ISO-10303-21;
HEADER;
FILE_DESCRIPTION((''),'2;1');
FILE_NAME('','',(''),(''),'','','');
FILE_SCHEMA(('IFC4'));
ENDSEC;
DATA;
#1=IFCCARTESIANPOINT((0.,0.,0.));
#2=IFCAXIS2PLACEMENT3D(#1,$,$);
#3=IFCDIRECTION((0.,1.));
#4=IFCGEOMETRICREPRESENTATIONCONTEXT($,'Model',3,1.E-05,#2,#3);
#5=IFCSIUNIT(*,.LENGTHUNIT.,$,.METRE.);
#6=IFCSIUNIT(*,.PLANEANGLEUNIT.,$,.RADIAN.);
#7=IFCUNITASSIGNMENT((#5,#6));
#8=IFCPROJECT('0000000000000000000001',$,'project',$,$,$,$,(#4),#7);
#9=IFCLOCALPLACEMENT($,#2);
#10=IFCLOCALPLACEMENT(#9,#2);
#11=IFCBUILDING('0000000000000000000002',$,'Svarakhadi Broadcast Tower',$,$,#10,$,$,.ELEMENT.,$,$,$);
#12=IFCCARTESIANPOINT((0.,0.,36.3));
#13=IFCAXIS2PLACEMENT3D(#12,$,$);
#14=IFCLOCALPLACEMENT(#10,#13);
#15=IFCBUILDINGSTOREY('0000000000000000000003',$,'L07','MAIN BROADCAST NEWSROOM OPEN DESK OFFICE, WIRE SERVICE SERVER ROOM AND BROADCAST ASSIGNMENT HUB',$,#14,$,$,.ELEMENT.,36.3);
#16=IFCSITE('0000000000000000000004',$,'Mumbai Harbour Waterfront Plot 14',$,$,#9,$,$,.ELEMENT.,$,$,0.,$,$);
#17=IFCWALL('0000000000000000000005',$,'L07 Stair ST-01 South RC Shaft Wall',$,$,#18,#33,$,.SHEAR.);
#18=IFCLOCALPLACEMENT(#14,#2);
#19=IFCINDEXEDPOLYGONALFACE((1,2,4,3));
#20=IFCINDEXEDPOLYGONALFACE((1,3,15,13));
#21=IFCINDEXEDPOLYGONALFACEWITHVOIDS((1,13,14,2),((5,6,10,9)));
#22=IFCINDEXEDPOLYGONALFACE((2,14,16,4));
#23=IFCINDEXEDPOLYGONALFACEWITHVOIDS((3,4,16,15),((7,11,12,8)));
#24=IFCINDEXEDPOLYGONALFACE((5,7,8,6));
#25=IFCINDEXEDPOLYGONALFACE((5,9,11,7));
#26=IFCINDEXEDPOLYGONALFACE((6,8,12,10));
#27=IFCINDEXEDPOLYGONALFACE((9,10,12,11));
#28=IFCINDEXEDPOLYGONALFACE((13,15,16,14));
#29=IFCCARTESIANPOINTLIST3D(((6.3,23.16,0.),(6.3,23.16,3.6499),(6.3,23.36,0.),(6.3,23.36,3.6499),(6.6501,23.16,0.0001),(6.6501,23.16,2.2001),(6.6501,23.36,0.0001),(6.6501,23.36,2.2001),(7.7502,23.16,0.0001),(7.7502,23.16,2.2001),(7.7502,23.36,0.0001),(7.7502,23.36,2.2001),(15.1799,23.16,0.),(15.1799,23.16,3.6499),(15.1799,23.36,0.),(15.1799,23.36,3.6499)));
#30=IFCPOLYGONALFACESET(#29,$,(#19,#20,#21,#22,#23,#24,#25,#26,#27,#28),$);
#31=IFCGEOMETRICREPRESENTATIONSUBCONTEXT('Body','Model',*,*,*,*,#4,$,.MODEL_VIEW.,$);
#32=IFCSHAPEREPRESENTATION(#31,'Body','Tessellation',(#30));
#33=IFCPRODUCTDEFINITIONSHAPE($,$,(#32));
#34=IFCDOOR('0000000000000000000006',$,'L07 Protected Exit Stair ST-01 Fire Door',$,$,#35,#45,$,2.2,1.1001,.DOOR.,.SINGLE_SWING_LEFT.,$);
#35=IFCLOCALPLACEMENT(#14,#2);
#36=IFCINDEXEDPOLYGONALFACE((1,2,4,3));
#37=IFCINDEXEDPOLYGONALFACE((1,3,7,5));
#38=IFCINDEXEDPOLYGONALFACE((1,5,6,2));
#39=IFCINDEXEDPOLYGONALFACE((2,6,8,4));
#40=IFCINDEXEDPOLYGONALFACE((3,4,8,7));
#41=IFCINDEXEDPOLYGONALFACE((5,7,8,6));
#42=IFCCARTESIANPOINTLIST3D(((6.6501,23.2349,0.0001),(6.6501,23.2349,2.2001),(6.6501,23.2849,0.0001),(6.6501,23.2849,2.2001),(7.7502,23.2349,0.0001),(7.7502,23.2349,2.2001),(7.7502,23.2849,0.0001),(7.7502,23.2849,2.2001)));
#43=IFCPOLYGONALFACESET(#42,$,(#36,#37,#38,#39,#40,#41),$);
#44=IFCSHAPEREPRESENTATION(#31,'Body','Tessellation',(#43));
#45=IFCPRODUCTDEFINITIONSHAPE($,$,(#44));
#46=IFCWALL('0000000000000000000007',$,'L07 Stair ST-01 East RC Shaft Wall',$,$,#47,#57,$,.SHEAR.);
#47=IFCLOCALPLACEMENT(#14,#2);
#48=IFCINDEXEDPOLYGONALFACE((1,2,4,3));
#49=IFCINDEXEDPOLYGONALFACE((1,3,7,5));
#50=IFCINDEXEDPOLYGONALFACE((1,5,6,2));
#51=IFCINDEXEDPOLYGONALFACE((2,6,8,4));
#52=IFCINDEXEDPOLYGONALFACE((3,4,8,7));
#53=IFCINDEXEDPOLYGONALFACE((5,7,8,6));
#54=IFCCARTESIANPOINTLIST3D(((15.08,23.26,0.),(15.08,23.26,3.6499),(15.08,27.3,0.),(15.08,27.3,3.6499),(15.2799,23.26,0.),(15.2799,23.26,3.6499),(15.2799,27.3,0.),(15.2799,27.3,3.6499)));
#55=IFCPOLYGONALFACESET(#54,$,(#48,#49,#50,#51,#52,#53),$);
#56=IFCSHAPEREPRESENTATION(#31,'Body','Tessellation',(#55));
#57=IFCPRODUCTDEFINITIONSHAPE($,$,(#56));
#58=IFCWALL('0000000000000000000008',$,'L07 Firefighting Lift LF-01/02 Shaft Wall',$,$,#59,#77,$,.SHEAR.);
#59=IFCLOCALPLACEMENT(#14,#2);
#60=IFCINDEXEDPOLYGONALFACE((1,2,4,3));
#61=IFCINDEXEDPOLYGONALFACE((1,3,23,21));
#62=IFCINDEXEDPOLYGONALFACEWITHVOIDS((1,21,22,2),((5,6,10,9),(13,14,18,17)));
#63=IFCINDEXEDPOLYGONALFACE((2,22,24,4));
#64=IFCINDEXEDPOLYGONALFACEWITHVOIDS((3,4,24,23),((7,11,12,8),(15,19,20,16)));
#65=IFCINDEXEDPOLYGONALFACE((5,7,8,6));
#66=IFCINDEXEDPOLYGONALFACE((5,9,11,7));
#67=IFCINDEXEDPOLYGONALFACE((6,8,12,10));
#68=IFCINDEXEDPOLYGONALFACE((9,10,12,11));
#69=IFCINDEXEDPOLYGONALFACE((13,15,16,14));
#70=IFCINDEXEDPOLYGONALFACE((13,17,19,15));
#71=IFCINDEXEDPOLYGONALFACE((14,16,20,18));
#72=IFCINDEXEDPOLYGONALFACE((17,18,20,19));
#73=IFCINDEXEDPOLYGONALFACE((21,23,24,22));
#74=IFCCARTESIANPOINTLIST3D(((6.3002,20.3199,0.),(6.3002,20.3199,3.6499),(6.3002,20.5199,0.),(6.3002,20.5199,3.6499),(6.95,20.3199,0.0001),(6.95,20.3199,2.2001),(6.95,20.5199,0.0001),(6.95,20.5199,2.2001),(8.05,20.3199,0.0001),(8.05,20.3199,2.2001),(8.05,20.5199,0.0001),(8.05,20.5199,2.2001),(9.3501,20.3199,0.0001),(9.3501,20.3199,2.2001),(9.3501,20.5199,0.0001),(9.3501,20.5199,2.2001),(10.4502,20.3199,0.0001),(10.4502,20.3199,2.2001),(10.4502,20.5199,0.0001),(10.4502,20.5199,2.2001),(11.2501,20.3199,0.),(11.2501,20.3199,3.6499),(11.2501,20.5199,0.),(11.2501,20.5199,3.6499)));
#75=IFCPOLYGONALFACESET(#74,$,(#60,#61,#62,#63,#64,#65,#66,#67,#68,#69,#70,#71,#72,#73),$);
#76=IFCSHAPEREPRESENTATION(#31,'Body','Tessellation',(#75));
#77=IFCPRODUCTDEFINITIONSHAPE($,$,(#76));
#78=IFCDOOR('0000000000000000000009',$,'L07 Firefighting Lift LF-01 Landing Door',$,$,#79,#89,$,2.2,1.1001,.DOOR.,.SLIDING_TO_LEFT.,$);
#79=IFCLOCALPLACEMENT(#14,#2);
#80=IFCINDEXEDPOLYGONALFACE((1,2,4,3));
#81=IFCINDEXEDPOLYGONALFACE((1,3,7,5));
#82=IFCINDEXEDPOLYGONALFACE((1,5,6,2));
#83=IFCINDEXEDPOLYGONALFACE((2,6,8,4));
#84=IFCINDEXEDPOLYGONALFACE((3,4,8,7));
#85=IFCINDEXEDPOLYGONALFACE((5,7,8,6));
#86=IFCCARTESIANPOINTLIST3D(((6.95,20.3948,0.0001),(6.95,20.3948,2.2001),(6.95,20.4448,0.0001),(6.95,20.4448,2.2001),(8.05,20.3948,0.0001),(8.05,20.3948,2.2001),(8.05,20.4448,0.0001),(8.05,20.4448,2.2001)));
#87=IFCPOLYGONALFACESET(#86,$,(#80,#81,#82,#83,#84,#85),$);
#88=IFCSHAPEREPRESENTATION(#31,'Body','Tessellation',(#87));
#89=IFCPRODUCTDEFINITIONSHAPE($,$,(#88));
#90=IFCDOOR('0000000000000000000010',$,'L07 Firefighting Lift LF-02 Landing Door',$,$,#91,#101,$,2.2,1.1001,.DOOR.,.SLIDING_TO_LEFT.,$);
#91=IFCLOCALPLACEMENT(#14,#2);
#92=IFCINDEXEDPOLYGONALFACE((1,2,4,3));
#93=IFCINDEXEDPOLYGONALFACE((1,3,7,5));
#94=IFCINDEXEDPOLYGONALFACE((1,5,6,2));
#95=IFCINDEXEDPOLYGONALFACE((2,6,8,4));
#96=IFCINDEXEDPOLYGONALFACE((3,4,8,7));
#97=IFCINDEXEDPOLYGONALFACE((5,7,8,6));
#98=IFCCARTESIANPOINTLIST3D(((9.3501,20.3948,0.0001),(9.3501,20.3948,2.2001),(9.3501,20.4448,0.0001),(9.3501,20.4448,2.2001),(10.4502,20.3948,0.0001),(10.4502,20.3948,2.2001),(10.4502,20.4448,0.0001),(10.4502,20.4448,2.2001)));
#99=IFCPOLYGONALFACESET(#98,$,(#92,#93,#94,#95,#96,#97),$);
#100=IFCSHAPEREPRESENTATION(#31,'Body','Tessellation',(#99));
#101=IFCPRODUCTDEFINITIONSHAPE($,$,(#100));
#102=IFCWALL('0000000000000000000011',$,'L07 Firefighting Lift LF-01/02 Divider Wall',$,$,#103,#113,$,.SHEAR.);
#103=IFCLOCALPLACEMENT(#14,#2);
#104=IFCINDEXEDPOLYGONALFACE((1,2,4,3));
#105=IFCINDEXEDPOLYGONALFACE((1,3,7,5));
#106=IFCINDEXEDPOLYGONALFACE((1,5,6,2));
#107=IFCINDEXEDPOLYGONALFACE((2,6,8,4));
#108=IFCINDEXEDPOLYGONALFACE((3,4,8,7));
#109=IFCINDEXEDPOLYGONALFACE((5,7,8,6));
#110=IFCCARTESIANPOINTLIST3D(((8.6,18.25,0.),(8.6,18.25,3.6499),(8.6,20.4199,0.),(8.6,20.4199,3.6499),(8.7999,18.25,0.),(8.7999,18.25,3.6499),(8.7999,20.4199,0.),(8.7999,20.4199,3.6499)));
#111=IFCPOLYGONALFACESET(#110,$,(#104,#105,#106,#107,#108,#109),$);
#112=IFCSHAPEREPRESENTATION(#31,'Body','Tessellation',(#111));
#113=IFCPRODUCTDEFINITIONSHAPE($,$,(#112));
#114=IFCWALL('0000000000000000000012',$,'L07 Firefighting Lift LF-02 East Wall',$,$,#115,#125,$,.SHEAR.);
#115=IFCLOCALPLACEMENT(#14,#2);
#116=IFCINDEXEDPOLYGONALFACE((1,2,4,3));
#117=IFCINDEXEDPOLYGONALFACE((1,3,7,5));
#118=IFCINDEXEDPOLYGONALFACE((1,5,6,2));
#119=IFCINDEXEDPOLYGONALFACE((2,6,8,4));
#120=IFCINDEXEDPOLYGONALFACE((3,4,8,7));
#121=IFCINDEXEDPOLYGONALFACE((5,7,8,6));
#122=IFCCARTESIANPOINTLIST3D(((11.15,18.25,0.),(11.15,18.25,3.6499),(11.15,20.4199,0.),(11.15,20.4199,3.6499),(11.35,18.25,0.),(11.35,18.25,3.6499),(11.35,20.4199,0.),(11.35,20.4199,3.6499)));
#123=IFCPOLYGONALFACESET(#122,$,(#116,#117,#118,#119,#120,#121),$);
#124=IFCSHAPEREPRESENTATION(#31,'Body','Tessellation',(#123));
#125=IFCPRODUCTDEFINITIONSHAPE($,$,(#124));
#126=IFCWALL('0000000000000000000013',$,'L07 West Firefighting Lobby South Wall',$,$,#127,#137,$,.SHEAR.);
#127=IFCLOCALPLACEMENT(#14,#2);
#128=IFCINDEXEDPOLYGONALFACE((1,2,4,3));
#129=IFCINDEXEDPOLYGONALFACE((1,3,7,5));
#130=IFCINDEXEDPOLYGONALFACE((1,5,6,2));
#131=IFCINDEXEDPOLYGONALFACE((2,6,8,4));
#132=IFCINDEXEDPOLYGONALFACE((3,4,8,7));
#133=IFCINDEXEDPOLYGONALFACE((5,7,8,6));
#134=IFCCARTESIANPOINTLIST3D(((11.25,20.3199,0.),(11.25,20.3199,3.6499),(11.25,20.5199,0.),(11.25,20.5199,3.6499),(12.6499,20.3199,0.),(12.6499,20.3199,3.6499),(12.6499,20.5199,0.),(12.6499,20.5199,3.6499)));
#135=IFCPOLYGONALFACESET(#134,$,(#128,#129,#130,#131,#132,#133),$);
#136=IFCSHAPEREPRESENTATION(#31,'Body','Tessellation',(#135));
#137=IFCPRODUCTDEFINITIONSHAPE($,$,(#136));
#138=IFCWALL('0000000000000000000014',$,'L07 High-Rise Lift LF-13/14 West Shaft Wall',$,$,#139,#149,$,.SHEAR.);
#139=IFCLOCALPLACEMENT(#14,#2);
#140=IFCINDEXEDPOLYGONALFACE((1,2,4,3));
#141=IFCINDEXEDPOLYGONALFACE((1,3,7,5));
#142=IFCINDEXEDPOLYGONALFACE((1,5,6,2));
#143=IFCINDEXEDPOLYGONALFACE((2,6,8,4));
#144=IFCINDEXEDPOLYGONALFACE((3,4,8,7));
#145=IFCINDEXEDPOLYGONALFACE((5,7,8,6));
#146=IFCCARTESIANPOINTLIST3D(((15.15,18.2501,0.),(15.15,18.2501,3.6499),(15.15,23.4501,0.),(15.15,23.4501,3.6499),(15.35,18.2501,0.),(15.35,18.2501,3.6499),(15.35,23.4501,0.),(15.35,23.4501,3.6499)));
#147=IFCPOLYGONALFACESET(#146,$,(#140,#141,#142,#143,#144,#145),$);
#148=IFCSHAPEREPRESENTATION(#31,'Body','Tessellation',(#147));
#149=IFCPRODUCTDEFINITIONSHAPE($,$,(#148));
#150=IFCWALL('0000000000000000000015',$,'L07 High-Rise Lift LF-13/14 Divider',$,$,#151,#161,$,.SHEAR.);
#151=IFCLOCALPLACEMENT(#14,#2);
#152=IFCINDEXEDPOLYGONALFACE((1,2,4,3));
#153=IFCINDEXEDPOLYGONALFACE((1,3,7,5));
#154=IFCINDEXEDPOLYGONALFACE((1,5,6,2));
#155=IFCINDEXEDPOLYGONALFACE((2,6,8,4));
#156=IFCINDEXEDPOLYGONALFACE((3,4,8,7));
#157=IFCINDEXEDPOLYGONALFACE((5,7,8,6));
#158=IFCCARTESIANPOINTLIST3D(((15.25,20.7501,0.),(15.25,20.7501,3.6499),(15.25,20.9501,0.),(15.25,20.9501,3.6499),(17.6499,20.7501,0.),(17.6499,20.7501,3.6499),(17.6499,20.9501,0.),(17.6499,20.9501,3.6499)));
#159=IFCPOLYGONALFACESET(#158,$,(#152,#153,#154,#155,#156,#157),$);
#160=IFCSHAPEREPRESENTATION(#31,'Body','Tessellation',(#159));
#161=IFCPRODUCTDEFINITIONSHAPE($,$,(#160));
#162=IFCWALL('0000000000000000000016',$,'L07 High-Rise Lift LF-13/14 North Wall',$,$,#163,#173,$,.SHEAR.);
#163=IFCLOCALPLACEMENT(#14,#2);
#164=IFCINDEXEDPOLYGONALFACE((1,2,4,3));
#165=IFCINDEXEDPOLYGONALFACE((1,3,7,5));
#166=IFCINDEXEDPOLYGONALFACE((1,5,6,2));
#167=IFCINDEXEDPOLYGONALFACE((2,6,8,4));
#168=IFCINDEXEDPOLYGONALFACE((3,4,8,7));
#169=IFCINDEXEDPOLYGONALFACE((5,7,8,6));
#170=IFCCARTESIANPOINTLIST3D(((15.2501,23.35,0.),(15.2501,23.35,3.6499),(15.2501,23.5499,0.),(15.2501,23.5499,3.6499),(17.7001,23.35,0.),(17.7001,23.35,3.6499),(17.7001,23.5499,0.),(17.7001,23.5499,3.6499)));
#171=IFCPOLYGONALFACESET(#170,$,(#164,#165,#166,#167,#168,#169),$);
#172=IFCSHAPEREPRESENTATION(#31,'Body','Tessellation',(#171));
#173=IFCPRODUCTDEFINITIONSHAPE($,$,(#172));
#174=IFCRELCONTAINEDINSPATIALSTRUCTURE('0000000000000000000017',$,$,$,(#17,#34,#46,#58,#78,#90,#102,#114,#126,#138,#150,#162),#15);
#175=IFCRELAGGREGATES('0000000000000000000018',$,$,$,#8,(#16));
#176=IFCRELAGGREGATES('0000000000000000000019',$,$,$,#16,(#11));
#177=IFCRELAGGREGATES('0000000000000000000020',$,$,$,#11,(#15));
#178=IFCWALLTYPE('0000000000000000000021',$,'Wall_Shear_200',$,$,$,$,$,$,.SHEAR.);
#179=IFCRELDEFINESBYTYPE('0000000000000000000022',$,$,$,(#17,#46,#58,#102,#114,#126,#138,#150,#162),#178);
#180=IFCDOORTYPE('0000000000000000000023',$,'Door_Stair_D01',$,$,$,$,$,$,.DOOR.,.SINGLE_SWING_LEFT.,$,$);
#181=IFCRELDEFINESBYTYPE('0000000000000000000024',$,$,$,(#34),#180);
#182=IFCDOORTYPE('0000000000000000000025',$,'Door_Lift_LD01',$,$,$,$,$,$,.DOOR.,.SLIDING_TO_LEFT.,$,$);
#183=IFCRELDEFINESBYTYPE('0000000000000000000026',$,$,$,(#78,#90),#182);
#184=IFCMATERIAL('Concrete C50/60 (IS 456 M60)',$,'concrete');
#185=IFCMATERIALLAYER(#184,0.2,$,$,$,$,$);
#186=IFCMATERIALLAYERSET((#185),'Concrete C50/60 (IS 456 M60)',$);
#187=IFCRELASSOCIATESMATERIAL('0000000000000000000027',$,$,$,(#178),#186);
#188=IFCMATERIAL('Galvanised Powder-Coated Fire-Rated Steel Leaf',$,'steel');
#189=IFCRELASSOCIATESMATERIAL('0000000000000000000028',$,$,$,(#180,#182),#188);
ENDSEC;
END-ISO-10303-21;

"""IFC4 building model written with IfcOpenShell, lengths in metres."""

from ifc_helpers import new_model, si_unit, direction, frame, frame_2d, origin, place, context, subcontext, project, spatial, rectangle, extrude, material, layer, layer_set, type_object, element, fill, save


model = new_model("IFC4")

# Units and contexts
model_context = context("Model", 3, precision=1e-05, world=origin(), true_north=direction((0.0, 1.0)))
body_context = subcontext(model_context, "Body", "Model", "MODEL_VIEW")
ifc_project = project(units=[si_unit("LENGTHUNIT", "METRE"), si_unit("PLANEANGLEUNIT", "RADIAN")], contexts=[model_context])

# Site, building, storey
site_placement = place(None, origin())
site = spatial("IfcSite", under=ifc_project, at=site_placement, Name="Mumbai Harbour Waterfront Plot 14", CompositionType="ELEMENT", RefElevation=0.0)
building_placement = place(site_placement, origin())
building = spatial("IfcBuilding", under=site, at=building_placement, Name="Svarakhadi Broadcast Tower", CompositionType="ELEMENT")
storey_placement = place(building_placement, frame((0.0, 0.0, 36.3)))
storey = spatial("IfcBuildingStorey", under=building, at=storey_placement, Name="L07", Description="MAIN BROADCAST NEWSROOM OPEN DESK OFFICE, WIRE SERVICE SERVER ROOM AND BROADCAST ASSIGNMENT HUB", CompositionType="ELEMENT", Elevation=36.3)

# Shared definitions
ifc_material_1 = material(Name="Concrete C50/60 (IS 456 M60)", Category="concrete")

# Wall, opening, door
ifc_layer = layer(ifc_material_1, 0.2)
ifc_layer_set = layer_set([ifc_layer], Name="Concrete C50/60 (IS 456 M60)")
wall_type = type_object("IfcWallType", Name="Wall_Shear_200", PredefinedType="SHEAR", material=ifc_layer_set)
wall_1_placement = place(storey_placement, frame((6.3, 23.26, 0.0), z_axis=(0.0, 0.0, 1.0), x_axis=(1.0, 0.0, 0.0)))
wall_1 = element("IfcWall", 1, at=wall_1_placement, inside=storey, type_object=wall_type, Name="L07 Stair ST-01 South RC Shaft Wall", PredefinedType="SHEAR", context=body_context, shape_type="SweptSolid", body=[
    extrude(rectangle(XDim=8.8799, YDim=0.2, at=frame_2d((4.4399, 0.0))), origin(), (0.0, 0.0, 1.0), 3.6499),
])
opening_1_placement = place(wall_1_placement, frame((0.3501, 0.0, 0.0)))
opening_1 = element("IfcOpeningElement", 2, at=opening_1_placement, cuts=wall_1, PredefinedType="OPENING", context=body_context, shape_type="SweptSolid", body=[
    extrude(rectangle(XDim=1.1001, YDim=2.2, at=frame_2d((0.55, 1.1001))), frame((0.0, 0.1099, 0.0), z_axis=(0.0, -1.0, 0.0), x_axis=(1.0, 0.0, 0.0)), (0.0, 0.0, 1.0), 0.22),
])
ifc_material_2 = material(Name="Galvanised Powder-Coated Fire-Rated Steel Leaf", Category="steel")
door_type_1 = type_object("IfcDoorType", Name="Door_Stair_D01", OperationType="SINGLE_SWING_LEFT", PredefinedType="DOOR", material=ifc_material_2)
door_1_placement = place(opening_1_placement, origin())
door_1 = element("IfcDoor", 3, at=door_1_placement, inside=storey, type_object=door_type_1, Name="L07 Protected Exit Stair ST-01 Fire Door", OperationType="SINGLE_SWING_LEFT", OverallHeight=2.2, OverallWidth=1.1001, PredefinedType="DOOR", context=body_context, shape_type="SweptSolid", body=[
    extrude(rectangle(XDim=1.1001, YDim=2.2, at=frame_2d((0.55, 1.1001))), frame((0.0, 0.0249, 0.0), z_axis=(0.0, -1.0, 0.0), x_axis=(1.0, 0.0, 0.0)), (0.0, 0.0, 1.0), 0.05),
])
fill(opening_1, door_1)

# Wall
wall_2_placement = place(storey_placement, frame((15.1799, 23.26, 0.0), z_axis=(0.0, 0.0, 1.0), x_axis=(0.0, 1.0, 0.0)))
element("IfcWall", 4, at=wall_2_placement, inside=storey, type_object=wall_type, Name="L07 Stair ST-01 East RC Shaft Wall", PredefinedType="SHEAR", context=body_context, shape_type="SweptSolid", body=[
    extrude(rectangle(XDim=4.04, YDim=0.2, at=frame_2d((2.02, 0.0))), origin(), (0.0, 0.0, 1.0), 3.6499),
])

# Wall, openings, doors
wall_3_placement = place(storey_placement, frame((6.3, 20.4199, 0.0), z_axis=(0.0, 0.0, 1.0), x_axis=(1.0, 0.0, 0.0)))
wall_3 = element("IfcWall", 5, at=wall_3_placement, inside=storey, type_object=wall_type, Name="L07 Firefighting Lift LF-01/02 Shaft Wall", PredefinedType="SHEAR", context=body_context, shape_type="SweptSolid", body=[
    extrude(rectangle(XDim=4.95, YDim=0.2, at=frame_2d((2.4751, 0.0))), origin(), (0.0, 0.0, 1.0), 3.6499),
])
opening_2_placement = place(wall_3_placement, frame((0.6499, 0.0, 0.0)))
opening_2 = element("IfcOpeningElement", 6, at=opening_2_placement, cuts=wall_3, PredefinedType="OPENING", context=body_context, shape_type="SweptSolid", body=[
    extrude(rectangle(XDim=1.1001, YDim=2.2, at=frame_2d((0.55, 1.1001))), frame((0.0, 0.1099, 0.0), z_axis=(0.0, -1.0, 0.0), x_axis=(1.0, 0.0, 0.0)), (0.0, 0.0, 1.0), 0.22),
])
opening_3_placement = place(wall_3_placement, frame((3.05, 0.0, 0.0)))
opening_3 = element("IfcOpeningElement", 7, at=opening_3_placement, cuts=wall_3, PredefinedType="OPENING", context=body_context, shape_type="SweptSolid", body=[
    extrude(rectangle(XDim=1.1001, YDim=2.2, at=frame_2d((0.55, 1.1001))), frame((0.0, 0.1099, 0.0), z_axis=(0.0, -1.0, 0.0), x_axis=(1.0, 0.0, 0.0)), (0.0, 0.0, 1.0), 0.22),
])
door_type_2 = type_object("IfcDoorType", Name="Door_Lift_LD01", OperationType="SLIDING_TO_LEFT", PredefinedType="DOOR", material=ifc_material_2)
door_2_placement = place(opening_2_placement, origin())
door_2 = element("IfcDoor", 8, at=door_2_placement, inside=storey, type_object=door_type_2, Name="L07 Firefighting Lift LF-01 Landing Door", OperationType="SLIDING_TO_LEFT", OverallHeight=2.2, OverallWidth=1.1001, PredefinedType="DOOR", context=body_context, shape_type="SweptSolid", body=[
    extrude(rectangle(XDim=1.1001, YDim=2.2, at=frame_2d((0.55, 1.1001))), frame((0.0, 0.0249, 0.0), z_axis=(0.0, -1.0, 0.0), x_axis=(1.0, 0.0, 0.0)), (0.0, 0.0, 1.0), 0.05),
])
fill(opening_2, door_2)
door_3_placement = place(opening_3_placement, origin())
door_3 = element("IfcDoor", 9, at=door_3_placement, inside=storey, type_object=door_type_2, Name="L07 Firefighting Lift LF-02 Landing Door", OperationType="SLIDING_TO_LEFT", OverallHeight=2.2, OverallWidth=1.1001, PredefinedType="DOOR", context=body_context, shape_type="SweptSolid", body=[
    extrude(rectangle(XDim=1.1001, YDim=2.2, at=frame_2d((0.55, 1.1001))), frame((0.0, 0.0249, 0.0), z_axis=(0.0, -1.0, 0.0), x_axis=(1.0, 0.0, 0.0)), (0.0, 0.0, 1.0), 0.05),
])
fill(opening_3, door_3)

# Walls
for number, where, z_axis, x_axis, name in (
    (10, (8.7, 18.25, 0.0), (0.0, 0.0, 1.0), (0.0, 1.0, 0.0), "L07 Firefighting Lift LF-01/02 Divider Wall"),
    (11, (11.25, 18.25, 0.0), (0.0, 0.0, 1.0), (0.0, 1.0, 0.0), "L07 Firefighting Lift LF-02 East Wall"),
):
    element("IfcWall", number, at=place(storey_placement, frame(where, z_axis=z_axis, x_axis=x_axis)), inside=storey, type_object=wall_type, Name=name, PredefinedType="SHEAR", context=body_context, shape_type="SweptSolid", body=[
        extrude(rectangle(XDim=2.1699, YDim=0.2, at=frame_2d((1.085, 0.0))), origin(), (0.0, 0.0, 1.0), 3.6499),
    ])
wall_4_placement = place(storey_placement, frame((11.25, 20.4199, 0.0), z_axis=(0.0, 0.0, 1.0), x_axis=(1.0, 0.0, 0.0)))
element("IfcWall", 12, at=wall_4_placement, inside=storey, type_object=wall_type, Name="L07 West Firefighting Lobby South Wall", PredefinedType="SHEAR", context=body_context, shape_type="SweptSolid", body=[
    extrude(rectangle(XDim=1.3999, YDim=0.2, at=frame_2d((0.7, 0.0))), origin(), (0.0, 0.0, 1.0), 3.6499),
])

# Walls
wall_5_placement = place(storey_placement, frame((15.25, 18.25, 0.0), z_axis=(0.0, 0.0, 1.0), x_axis=(0.0, 1.0, 0.0)))
element("IfcWall", 13, at=wall_5_placement, inside=storey, type_object=wall_type, Name="L07 High-Rise Lift LF-13/14 West Shaft Wall", PredefinedType="SHEAR", context=body_context, shape_type="SweptSolid", body=[
    extrude(rectangle(XDim=5.2, YDim=0.2, at=frame_2d((2.6001, 0.0))), origin(), (0.0, 0.0, 1.0), 3.6499),
])
wall_6_placement = place(storey_placement, frame((15.25, 20.8501, 0.0), z_axis=(0.0, 0.0, 1.0), x_axis=(1.0, 0.0, 0.0)))
element("IfcWall", 14, at=wall_6_placement, inside=storey, type_object=wall_type, Name="L07 High-Rise Lift LF-13/14 Divider", PredefinedType="SHEAR", context=body_context, shape_type="SweptSolid", body=[
    extrude(rectangle(XDim=2.3999, YDim=0.2, at=frame_2d((1.2, 0.0))), origin(), (0.0, 0.0, 1.0), 3.6499),
])
wall_7_placement = place(storey_placement, frame((15.25, 23.45, 0.0), z_axis=(0.0, 0.0, 1.0), x_axis=(1.0, 0.0, 0.0)))
element("IfcWall", 15, at=wall_7_placement, inside=storey, type_object=wall_type, Name="L07 High-Rise Lift LF-13/14 North Wall", PredefinedType="SHEAR", context=body_context, shape_type="SweptSolid", body=[
    extrude(rectangle(XDim=2.45, YDim=0.2, at=frame_2d((1.2251, 0.0))), origin(), (0.0, 0.0, 1.0), 3.6499),
])

save(model, "model.ifc")
